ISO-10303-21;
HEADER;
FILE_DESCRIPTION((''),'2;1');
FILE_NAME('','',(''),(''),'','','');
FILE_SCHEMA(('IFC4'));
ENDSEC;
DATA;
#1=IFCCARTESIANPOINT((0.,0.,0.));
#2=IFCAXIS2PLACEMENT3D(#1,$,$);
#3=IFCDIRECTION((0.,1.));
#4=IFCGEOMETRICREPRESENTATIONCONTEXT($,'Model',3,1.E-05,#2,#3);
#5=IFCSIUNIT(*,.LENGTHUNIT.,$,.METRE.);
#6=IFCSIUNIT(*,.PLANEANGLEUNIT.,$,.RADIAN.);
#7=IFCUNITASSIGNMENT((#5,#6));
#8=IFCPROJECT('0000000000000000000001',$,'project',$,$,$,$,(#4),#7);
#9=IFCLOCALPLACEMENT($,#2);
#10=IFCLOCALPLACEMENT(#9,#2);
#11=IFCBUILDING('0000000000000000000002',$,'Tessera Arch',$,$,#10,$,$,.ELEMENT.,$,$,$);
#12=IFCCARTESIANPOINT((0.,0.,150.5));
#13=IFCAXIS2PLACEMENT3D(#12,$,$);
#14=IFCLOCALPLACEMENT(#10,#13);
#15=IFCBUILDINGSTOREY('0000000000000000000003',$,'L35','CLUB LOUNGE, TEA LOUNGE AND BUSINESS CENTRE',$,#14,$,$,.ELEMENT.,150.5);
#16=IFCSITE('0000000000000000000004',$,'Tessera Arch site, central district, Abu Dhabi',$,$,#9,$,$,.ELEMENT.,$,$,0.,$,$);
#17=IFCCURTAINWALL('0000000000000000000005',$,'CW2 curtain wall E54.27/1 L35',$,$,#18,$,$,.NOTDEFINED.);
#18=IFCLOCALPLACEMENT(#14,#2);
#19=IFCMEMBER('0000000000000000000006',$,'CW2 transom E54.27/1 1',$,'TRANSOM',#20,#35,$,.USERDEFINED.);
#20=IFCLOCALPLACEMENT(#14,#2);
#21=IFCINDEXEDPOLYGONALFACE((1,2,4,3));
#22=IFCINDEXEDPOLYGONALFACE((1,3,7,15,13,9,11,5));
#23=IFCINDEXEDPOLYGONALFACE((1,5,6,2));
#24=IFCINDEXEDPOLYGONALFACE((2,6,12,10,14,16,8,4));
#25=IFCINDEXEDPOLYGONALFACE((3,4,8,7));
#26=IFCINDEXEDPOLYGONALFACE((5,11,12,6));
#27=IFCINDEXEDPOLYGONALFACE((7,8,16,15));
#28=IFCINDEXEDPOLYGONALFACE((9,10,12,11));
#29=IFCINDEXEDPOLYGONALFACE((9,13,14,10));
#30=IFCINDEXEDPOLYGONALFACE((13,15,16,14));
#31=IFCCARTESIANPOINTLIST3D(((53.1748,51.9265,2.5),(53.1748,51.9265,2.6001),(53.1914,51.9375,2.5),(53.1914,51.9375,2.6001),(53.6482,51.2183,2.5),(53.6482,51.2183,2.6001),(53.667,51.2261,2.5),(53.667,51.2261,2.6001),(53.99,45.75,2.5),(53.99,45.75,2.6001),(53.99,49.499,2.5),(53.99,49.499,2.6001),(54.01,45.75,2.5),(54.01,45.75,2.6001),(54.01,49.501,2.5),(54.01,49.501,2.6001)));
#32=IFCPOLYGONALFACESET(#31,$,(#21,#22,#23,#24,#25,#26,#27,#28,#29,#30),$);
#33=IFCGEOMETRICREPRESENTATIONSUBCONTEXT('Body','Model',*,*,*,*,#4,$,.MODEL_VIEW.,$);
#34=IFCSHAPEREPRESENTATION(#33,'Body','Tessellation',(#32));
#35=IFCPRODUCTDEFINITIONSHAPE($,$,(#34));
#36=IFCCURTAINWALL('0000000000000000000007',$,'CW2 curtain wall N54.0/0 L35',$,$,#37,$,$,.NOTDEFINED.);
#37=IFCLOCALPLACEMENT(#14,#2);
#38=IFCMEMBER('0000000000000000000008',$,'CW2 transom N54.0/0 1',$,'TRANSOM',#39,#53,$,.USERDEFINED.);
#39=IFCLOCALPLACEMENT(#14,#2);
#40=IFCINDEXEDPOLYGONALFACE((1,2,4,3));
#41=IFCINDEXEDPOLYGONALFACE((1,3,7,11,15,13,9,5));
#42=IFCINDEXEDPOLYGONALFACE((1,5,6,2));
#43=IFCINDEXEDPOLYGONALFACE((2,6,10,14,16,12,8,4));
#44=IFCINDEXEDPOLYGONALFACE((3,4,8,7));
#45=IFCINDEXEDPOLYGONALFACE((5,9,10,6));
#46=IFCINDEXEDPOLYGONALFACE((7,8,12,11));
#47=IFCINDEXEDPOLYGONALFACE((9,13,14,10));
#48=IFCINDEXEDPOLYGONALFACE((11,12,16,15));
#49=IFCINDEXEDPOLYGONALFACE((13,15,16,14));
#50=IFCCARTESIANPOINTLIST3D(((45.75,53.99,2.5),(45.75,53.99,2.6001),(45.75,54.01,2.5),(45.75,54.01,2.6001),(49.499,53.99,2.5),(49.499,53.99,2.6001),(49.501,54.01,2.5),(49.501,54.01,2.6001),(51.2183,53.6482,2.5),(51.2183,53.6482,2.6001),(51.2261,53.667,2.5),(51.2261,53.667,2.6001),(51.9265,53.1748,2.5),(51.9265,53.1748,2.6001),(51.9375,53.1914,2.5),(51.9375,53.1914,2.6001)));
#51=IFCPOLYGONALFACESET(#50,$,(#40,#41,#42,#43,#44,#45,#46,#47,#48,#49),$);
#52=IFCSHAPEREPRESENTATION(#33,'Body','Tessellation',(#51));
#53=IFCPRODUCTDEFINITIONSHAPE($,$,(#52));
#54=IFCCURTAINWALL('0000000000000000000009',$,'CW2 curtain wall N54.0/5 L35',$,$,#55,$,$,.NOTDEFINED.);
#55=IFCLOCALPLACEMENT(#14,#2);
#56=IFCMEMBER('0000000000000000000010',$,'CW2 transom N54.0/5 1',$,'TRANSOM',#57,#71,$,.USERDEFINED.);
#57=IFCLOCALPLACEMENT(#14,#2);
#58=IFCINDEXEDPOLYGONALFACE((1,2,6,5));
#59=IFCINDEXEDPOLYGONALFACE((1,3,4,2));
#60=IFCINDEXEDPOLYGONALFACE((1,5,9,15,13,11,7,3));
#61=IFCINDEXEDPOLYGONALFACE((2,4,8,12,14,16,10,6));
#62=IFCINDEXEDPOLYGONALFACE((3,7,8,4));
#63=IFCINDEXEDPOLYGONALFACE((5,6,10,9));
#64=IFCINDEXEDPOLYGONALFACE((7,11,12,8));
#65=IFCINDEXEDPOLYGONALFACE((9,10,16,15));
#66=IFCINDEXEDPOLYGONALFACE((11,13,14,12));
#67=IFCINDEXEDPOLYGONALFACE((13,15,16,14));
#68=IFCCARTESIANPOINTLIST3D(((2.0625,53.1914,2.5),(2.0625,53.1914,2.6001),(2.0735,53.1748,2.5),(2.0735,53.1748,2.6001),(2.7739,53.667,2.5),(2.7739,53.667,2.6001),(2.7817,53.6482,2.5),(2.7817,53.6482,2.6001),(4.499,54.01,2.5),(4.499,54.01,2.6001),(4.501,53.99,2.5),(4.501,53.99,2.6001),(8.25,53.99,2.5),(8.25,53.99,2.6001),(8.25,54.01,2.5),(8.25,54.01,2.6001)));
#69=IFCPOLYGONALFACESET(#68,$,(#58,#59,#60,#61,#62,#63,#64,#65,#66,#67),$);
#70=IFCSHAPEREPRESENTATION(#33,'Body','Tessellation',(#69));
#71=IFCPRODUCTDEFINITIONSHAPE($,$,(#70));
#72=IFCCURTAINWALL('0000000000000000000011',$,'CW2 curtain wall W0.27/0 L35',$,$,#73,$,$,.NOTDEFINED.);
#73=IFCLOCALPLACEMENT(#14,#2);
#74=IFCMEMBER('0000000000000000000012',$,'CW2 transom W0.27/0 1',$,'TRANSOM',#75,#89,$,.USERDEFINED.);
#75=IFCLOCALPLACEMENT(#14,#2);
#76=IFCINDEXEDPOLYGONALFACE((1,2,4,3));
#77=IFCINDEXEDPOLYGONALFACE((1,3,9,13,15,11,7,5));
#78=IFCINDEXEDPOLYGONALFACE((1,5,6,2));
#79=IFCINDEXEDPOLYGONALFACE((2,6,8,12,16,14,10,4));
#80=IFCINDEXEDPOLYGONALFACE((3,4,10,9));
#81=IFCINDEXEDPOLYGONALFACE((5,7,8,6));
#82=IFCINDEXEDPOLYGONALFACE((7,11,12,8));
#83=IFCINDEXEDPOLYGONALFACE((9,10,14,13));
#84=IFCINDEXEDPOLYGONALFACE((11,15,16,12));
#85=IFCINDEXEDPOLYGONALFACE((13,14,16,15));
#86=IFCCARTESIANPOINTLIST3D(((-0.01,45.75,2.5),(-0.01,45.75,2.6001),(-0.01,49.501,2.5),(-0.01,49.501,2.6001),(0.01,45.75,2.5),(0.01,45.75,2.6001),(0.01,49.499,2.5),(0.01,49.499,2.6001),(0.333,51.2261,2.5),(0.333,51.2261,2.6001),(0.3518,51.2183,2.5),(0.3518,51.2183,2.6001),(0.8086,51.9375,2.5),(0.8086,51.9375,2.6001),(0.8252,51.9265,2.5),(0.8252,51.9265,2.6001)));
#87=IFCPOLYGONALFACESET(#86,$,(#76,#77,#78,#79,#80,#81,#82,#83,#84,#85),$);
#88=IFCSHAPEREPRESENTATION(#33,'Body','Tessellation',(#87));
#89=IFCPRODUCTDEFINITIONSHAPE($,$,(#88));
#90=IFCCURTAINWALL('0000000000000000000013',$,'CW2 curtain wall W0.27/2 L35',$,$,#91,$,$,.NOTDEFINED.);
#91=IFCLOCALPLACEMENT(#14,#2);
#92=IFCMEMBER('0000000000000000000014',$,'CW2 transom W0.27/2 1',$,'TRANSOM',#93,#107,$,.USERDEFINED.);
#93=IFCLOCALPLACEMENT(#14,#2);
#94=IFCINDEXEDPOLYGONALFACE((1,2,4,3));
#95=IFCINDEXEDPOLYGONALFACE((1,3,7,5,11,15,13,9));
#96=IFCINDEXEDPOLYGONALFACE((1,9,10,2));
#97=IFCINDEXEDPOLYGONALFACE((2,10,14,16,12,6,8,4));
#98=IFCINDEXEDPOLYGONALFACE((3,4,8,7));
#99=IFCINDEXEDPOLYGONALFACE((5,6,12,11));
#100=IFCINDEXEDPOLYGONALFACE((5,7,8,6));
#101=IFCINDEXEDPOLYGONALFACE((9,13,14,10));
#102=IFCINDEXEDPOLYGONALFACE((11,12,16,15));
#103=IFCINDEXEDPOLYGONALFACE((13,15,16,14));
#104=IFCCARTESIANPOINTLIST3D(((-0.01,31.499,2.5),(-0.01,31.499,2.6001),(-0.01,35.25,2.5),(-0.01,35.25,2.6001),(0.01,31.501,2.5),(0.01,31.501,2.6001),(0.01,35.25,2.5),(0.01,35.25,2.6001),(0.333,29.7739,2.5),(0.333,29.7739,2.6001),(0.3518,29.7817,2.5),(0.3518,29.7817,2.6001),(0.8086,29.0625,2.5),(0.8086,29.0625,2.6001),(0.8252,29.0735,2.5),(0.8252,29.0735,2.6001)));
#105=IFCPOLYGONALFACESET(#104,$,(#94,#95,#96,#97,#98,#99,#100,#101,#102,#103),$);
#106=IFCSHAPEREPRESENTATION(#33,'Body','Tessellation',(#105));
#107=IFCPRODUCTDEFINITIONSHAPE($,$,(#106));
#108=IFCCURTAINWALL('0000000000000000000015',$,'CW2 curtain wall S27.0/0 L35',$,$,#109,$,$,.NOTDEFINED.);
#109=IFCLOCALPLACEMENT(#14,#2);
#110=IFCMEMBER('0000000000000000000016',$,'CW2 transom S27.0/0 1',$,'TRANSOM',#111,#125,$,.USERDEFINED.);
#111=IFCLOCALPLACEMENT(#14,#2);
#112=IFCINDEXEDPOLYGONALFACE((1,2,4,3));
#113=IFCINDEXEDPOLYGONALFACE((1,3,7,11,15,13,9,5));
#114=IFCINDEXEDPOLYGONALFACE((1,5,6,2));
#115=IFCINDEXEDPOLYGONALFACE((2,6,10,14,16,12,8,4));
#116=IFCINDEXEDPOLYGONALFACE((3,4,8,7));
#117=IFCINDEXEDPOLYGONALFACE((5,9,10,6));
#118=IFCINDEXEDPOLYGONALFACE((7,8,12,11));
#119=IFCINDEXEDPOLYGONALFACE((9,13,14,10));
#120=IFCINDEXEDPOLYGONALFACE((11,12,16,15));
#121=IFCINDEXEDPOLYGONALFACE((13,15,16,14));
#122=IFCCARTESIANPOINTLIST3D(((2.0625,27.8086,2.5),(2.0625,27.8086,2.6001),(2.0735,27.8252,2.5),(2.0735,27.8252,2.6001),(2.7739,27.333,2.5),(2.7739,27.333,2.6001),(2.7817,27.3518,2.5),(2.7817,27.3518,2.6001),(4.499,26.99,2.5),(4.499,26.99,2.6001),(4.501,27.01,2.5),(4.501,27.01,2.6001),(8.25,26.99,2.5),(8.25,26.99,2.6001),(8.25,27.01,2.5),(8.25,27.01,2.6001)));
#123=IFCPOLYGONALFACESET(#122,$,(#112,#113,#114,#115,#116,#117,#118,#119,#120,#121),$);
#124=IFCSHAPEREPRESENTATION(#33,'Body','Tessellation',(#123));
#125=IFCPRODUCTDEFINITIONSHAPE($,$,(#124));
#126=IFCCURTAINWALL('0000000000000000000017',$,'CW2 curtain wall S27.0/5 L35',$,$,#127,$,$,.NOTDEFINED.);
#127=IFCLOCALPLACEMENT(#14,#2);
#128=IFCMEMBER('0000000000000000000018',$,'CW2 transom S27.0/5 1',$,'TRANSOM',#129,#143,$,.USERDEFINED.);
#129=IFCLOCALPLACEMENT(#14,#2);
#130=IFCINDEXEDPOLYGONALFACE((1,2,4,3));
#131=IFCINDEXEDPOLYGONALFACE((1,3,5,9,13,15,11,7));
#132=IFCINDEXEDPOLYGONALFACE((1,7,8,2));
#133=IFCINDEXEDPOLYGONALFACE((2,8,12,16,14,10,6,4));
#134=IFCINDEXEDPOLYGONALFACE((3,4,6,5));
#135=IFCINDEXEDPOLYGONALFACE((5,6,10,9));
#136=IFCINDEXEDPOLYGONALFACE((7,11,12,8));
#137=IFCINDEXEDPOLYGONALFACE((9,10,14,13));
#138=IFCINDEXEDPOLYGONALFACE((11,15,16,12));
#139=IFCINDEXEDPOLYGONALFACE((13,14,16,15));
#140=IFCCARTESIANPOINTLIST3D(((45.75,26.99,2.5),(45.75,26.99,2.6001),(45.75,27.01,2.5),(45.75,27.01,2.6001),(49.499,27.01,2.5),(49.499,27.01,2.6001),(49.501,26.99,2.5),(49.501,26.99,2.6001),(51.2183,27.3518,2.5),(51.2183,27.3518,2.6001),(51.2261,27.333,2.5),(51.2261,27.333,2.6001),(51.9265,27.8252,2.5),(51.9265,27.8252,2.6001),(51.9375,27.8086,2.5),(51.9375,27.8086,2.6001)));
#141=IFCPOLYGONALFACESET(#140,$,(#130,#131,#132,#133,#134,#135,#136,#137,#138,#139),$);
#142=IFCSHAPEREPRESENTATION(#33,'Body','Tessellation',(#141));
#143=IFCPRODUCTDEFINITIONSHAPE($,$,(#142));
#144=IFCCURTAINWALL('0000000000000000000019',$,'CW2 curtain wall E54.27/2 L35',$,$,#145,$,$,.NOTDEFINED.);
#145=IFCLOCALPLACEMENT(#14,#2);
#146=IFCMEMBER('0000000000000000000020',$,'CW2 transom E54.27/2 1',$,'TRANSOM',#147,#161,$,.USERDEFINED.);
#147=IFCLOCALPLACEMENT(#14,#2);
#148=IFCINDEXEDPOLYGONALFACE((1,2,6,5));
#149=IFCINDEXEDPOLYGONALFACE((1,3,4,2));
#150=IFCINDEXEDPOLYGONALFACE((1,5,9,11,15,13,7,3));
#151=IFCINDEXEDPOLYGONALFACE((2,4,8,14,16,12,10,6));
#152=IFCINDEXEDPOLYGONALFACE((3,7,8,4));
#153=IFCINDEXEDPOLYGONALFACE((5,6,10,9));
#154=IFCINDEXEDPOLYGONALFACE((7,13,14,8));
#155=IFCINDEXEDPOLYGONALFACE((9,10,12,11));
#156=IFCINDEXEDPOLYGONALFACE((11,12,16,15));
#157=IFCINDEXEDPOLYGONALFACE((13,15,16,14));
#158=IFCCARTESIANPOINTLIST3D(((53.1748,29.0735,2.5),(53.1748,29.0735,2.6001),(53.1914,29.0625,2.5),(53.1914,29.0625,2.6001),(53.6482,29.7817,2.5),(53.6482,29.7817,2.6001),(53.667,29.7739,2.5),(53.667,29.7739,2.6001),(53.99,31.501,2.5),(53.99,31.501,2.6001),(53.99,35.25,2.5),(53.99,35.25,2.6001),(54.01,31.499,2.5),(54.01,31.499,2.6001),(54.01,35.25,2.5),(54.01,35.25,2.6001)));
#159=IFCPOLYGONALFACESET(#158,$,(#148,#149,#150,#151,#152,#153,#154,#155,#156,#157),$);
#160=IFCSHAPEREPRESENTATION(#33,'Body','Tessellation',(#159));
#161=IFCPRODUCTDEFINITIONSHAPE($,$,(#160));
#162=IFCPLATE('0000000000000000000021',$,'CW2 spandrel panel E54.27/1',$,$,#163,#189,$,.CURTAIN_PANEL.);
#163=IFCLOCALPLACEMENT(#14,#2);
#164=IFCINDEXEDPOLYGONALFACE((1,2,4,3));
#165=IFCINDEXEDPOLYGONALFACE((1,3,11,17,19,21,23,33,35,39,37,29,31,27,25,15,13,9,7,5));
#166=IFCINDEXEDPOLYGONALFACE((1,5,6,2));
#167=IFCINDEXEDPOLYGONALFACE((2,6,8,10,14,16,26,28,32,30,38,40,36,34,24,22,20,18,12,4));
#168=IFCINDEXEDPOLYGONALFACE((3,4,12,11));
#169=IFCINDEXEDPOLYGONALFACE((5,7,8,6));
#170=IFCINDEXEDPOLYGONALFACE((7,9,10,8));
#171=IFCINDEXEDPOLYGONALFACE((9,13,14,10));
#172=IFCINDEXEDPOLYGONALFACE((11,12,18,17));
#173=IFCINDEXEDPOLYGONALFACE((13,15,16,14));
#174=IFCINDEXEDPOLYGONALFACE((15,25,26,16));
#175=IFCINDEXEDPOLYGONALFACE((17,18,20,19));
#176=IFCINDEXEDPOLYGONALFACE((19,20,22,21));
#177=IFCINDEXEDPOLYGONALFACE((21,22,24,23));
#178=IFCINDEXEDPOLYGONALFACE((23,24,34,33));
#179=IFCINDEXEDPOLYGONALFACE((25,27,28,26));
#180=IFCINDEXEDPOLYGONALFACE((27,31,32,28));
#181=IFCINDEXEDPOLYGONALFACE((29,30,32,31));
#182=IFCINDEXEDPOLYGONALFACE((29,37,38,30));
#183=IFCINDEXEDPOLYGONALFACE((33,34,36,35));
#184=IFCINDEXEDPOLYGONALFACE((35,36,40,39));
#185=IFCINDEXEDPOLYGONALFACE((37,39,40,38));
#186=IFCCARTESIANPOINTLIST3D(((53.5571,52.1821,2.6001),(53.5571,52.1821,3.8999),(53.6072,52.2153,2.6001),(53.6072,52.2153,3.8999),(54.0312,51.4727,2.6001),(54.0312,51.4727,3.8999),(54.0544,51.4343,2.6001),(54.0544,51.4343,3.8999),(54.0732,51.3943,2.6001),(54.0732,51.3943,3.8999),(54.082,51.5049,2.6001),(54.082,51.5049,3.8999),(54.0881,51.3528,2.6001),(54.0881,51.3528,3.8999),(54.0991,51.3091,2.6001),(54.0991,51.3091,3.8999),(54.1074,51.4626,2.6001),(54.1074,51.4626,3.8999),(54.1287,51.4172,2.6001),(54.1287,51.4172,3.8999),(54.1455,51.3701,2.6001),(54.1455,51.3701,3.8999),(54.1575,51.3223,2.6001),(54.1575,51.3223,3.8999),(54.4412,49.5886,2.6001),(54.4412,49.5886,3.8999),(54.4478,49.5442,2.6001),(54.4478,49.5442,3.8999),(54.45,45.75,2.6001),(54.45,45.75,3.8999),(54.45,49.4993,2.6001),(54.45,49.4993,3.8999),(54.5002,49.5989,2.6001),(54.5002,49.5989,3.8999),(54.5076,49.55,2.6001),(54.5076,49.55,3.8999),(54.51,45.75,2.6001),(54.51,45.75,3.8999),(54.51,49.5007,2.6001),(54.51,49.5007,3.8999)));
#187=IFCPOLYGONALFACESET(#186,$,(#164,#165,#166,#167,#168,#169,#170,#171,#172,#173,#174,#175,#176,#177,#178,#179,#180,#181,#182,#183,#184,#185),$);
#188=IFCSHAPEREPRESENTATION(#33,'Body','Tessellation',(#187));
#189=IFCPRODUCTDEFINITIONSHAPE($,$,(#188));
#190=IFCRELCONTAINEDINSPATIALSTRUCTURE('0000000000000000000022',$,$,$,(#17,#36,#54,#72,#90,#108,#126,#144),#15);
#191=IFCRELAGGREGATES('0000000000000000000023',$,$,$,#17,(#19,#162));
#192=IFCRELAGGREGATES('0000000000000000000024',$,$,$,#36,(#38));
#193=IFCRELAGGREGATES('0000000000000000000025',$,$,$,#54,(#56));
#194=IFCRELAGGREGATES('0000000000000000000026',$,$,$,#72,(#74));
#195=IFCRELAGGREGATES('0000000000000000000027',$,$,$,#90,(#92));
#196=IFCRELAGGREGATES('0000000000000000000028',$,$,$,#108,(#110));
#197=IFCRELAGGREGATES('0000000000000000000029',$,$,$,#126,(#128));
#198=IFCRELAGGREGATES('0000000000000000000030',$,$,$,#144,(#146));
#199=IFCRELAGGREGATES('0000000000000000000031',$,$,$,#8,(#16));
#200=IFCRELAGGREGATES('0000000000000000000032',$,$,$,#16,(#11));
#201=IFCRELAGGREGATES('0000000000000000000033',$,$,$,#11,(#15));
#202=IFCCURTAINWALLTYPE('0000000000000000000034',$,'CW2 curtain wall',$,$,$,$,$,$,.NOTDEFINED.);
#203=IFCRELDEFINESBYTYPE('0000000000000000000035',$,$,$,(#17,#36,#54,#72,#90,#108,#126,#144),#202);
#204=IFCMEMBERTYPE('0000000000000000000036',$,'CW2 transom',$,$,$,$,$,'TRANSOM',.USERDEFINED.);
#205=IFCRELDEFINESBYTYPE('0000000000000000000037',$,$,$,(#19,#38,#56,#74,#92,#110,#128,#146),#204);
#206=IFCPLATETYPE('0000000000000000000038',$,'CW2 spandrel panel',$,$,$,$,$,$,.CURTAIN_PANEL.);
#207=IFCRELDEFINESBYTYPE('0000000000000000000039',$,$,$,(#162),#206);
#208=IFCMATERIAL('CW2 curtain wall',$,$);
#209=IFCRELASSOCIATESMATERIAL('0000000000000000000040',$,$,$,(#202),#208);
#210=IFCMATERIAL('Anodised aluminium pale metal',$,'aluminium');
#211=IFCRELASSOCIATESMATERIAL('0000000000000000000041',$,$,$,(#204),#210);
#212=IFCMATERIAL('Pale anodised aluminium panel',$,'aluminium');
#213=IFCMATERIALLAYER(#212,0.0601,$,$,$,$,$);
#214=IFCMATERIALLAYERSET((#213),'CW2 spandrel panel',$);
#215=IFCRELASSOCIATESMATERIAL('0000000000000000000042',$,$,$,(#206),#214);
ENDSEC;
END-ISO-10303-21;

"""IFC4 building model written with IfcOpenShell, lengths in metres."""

from ifc_helpers import new_model, si_unit, direction, frame, origin, origin_2d, place, context, subcontext, project, spatial, polyline, rectangle, outline, extrude, material, layer, layer_set, material_profile, profile_set, type_object, element, aggregate, save


model = new_model("IFC4")

# Units and contexts
model_context = context("Model", 3, precision=1e-05, world=origin(), true_north=direction((0.0, 1.0)))
body_context = subcontext(model_context, "Body", "Model", "MODEL_VIEW")
ifc_project = project(units=[si_unit("LENGTHUNIT", "METRE"), si_unit("PLANEANGLEUNIT", "RADIAN")], contexts=[model_context])

# Site, building, storey
site_placement = place(None, origin())
site = spatial("IfcSite", under=ifc_project, at=site_placement, Name="Tessera Arch site, central district, Abu Dhabi", CompositionType="ELEMENT", RefElevation=0.0)
building_placement = place(site_placement, origin())
building = spatial("IfcBuilding", under=site, at=building_placement, Name="Tessera Arch", CompositionType="ELEMENT")
storey_placement = place(building_placement, frame((0.0, 0.0, 150.5)))
storey = spatial("IfcBuildingStorey", under=building, at=storey_placement, Name="L35", Description="CLUB LOUNGE, TEA LOUNGE AND BUSINESS CENTRE", CompositionType="ELEMENT", Elevation=150.5)

# Curtain walls, members
ifc_material_1 = material(Name="CW2 curtain wall")
curtain_wall_type = type_object("IfcCurtainWallType", Name="CW2 curtain wall", PredefinedType="NOTDEFINED", material=ifc_material_1)
curtain_wall_1_placement = place(storey_placement, origin())
curtain_wall_1 = element("IfcCurtainWall", 1, at=curtain_wall_1_placement, inside=storey, type_object=curtain_wall_type, Name="CW2 curtain wall E54.27/1 L35", PredefinedType="NOTDEFINED")
ifc_material_2 = material(Name="Anodised aluminium pale metal", Category="aluminium")
ifc_material_profile = material_profile(ifc_material_2, rectangle(XDim=0.2, YDim=0.1001, at=origin_2d()), Name="AL 200x100")
ifc_profile_set = profile_set([ifc_material_profile], Name="Anodised aluminium pale metal")
member_type = type_object("IfcMemberType", Name="CW2 transom", ElementType="TRANSOM", PredefinedType="USERDEFINED", material=ifc_profile_set)
member_1_placement = place(storey_placement, frame((0.0, 0.0, 2.5)))
member_1 = element("IfcMember", 2, at=member_1_placement, type_object=member_type, Name="CW2 transom E54.27/1 1", ObjectType="TRANSOM", PredefinedType="USERDEFINED", context=body_context, shape_type="SweptSolid", body=[
    extrude(outline(polyline([(53.99, 49.499), (53.99, 45.75), (54.01, 45.75), (54.01, 49.501), (53.667, 51.2261), (53.1914, 51.9375), (53.1748, 51.9265), (53.6482, 51.2183), (53.99, 49.499)])), origin(), (0.0, 0.0, 1.0), 0.1001),
])
curtain_wall_2_placement = place(storey_placement, origin())
curtain_wall_2 = element("IfcCurtainWall", 3, at=curtain_wall_2_placement, inside=storey, type_object=curtain_wall_type, Name="CW2 curtain wall N54.0/0 L35", PredefinedType="NOTDEFINED")
member_2_placement = place(storey_placement, frame((0.0, 0.0, 2.5)))
member_2 = element("IfcMember", 4, at=member_2_placement, type_object=member_type, Name="CW2 transom N54.0/0 1", ObjectType="TRANSOM", PredefinedType="USERDEFINED", context=body_context, shape_type="SweptSolid", body=[
    extrude(outline(polyline([(51.2183, 53.6482), (51.9265, 53.1748), (51.9375, 53.1914), (51.2261, 53.667), (49.501, 54.01), (45.75, 54.01), (45.75, 53.99), (49.499, 53.99), (51.2183, 53.6482)])), origin(), (0.0, 0.0, 1.0), 0.1001),
])
curtain_wall_3_placement = place(storey_placement, origin())
curtain_wall_3 = element("IfcCurtainWall", 5, at=curtain_wall_3_placement, inside=storey, type_object=curtain_wall_type, Name="CW2 curtain wall N54.0/5 L35", PredefinedType="NOTDEFINED")
member_3_placement = place(storey_placement, frame((0.0, 0.0, 2.5)))
member_3 = element("IfcMember", 6, at=member_3_placement, type_object=member_type, Name="CW2 transom N54.0/5 1", ObjectType="TRANSOM", PredefinedType="USERDEFINED", context=body_context, shape_type="SweptSolid", body=[
    extrude(outline(polyline([(4.501, 53.99), (8.25, 53.99), (8.25, 54.01), (4.499, 54.01), (2.7739, 53.667), (2.0625, 53.1914), (2.0735, 53.1748), (2.7817, 53.6482), (4.501, 53.99)])), origin(), (0.0, 0.0, 1.0), 0.1001),
])
curtain_wall_4_placement = place(storey_placement, origin())
curtain_wall_4 = element("IfcCurtainWall", 7, at=curtain_wall_4_placement, inside=storey, type_object=curtain_wall_type, Name="CW2 curtain wall W0.27/0 L35", PredefinedType="NOTDEFINED")
member_4_placement = place(storey_placement, frame((0.0, 0.0, 2.5)))
member_4 = element("IfcMember", 8, at=member_4_placement, type_object=member_type, Name="CW2 transom W0.27/0 1", ObjectType="TRANSOM", PredefinedType="USERDEFINED", context=body_context, shape_type="SweptSolid", body=[
    extrude(outline(polyline([(0.3518, 51.2183), (0.8252, 51.9265), (0.8086, 51.9375), (0.333, 51.2261), (-0.01, 49.501), (-0.01, 45.75), (0.01, 45.75), (0.01, 49.499), (0.3518, 51.2183)])), origin(), (0.0, 0.0, 1.0), 0.1001),
])
curtain_wall_5_placement = place(storey_placement, origin())
curtain_wall_5 = element("IfcCurtainWall", 9, at=curtain_wall_5_placement, inside=storey, type_object=curtain_wall_type, Name="CW2 curtain wall W0.27/2 L35", PredefinedType="NOTDEFINED")
member_5_placement = place(storey_placement, frame((0.0, 0.0, 2.5)))
member_5 = element("IfcMember", 10, at=member_5_placement, type_object=member_type, Name="CW2 transom W0.27/2 1", ObjectType="TRANSOM", PredefinedType="USERDEFINED", context=body_context, shape_type="SweptSolid", body=[
    extrude(outline(polyline([(0.01, 31.501), (0.01, 35.25), (-0.01, 35.25), (-0.01, 31.499), (0.333, 29.7739), (0.8086, 29.0625), (0.8252, 29.0735), (0.3518, 29.7817), (0.01, 31.501)])), origin(), (0.0, 0.0, 1.0), 0.1001),
])
curtain_wall_6_placement = place(storey_placement, origin())
curtain_wall_6 = element("IfcCurtainWall", 11, at=curtain_wall_6_placement, inside=storey, type_object=curtain_wall_type, Name="CW2 curtain wall S27.0/0 L35", PredefinedType="NOTDEFINED")
member_6_placement = place(storey_placement, frame((0.0, 0.0, 2.5)))
member_6 = element("IfcMember", 12, at=member_6_placement, type_object=member_type, Name="CW2 transom S27.0/0 1", ObjectType="TRANSOM", PredefinedType="USERDEFINED", context=body_context, shape_type="SweptSolid", body=[
    extrude(outline(polyline([(2.7817, 27.3518), (2.0735, 27.8252), (2.0625, 27.8086), (2.7739, 27.333), (4.499, 26.99), (8.25, 26.99), (8.25, 27.01), (4.501, 27.01), (2.7817, 27.3518)])), origin(), (0.0, 0.0, 1.0), 0.1001),
])
curtain_wall_7_placement = place(storey_placement, origin())
curtain_wall_7 = element("IfcCurtainWall", 13, at=curtain_wall_7_placement, inside=storey, type_object=curtain_wall_type, Name="CW2 curtain wall S27.0/5 L35", PredefinedType="NOTDEFINED")
member_7_placement = place(storey_placement, frame((0.0, 0.0, 2.5)))
member_7 = element("IfcMember", 14, at=member_7_placement, type_object=member_type, Name="CW2 transom S27.0/5 1", ObjectType="TRANSOM", PredefinedType="USERDEFINED", context=body_context, shape_type="SweptSolid", body=[
    extrude(outline(polyline([(49.499, 27.01), (45.75, 27.01), (45.75, 26.99), (49.501, 26.99), (51.2261, 27.333), (51.9375, 27.8086), (51.9265, 27.8252), (51.2183, 27.3518), (49.499, 27.01)])), origin(), (0.0, 0.0, 1.0), 0.1001),
])
curtain_wall_8_placement = place(storey_placement, origin())
curtain_wall_8 = element("IfcCurtainWall", 15, at=curtain_wall_8_placement, inside=storey, type_object=curtain_wall_type, Name="CW2 curtain wall E54.27/2 L35", PredefinedType="NOTDEFINED")
member_8_placement = place(storey_placement, frame((0.0, 0.0, 2.5)))
member_8 = element("IfcMember", 16, at=member_8_placement, type_object=member_type, Name="CW2 transom E54.27/2 1", ObjectType="TRANSOM", PredefinedType="USERDEFINED", context=body_context, shape_type="SweptSolid", body=[
    extrude(outline(polyline([(53.6482, 29.7817), (53.1748, 29.0735), (53.1914, 29.0625), (53.667, 29.7739), (54.01, 31.499), (54.01, 35.25), (53.99, 35.25), (53.99, 31.501), (53.6482, 29.7817)])), origin(), (0.0, 0.0, 1.0), 0.1001),
])

# Plate
ifc_material_3 = material(Name="Pale anodised aluminium panel", Category="aluminium")
ifc_layer_1 = layer(ifc_material_3, 0.0601)
ifc_layer_set_1 = layer_set([ifc_layer_1], Name="CW2 spandrel panel")
plate_type = type_object("IfcPlateType", Name="CW2 spandrel panel", PredefinedType="CURTAIN_PANEL", material=ifc_layer_set_1)
plate_1_placement = place(storey_placement, frame((0.0, 0.0, 2.6001)))
plate_1 = element("IfcPlate", 17, at=plate_1_placement, type_object=plate_type, Name="CW2 spandrel panel E54.27/1", PredefinedType="CURTAIN_PANEL", context=body_context, shape_type="SweptSolid", body=[
    extrude(outline(polyline([(54.45, 49.4993), (54.45, 45.75), (54.51, 45.75), (54.51, 49.5007), (54.5076, 49.55), (54.5002, 49.5989), (54.1575, 51.3223), (54.1455, 51.3701), (54.1287, 51.4172), (54.1074, 51.4626), (54.082, 51.5049), (53.6072, 52.2153), (53.5571, 52.1821), (54.0312, 51.4727), (54.0544, 51.4343), (54.0732, 51.3943), (54.0881, 51.3528), (54.0991, 51.3091), (54.4412, 49.5886), (54.4478, 49.5442), (54.45, 49.4993)])), origin(), (0.0, 0.0, 1.0), 1.2998),
])
aggregate(curtain_wall_1, [member_1, plate_1])
aggregate(curtain_wall_2, [member_2])
aggregate(curtain_wall_3, [member_3])
aggregate(curtain_wall_4, [member_4])
aggregate(curtain_wall_5, [member_5])
aggregate(curtain_wall_6, [member_6])
aggregate(curtain_wall_7, [member_7])
aggregate(curtain_wall_8, [member_8])

save(model, "model.ifc")
